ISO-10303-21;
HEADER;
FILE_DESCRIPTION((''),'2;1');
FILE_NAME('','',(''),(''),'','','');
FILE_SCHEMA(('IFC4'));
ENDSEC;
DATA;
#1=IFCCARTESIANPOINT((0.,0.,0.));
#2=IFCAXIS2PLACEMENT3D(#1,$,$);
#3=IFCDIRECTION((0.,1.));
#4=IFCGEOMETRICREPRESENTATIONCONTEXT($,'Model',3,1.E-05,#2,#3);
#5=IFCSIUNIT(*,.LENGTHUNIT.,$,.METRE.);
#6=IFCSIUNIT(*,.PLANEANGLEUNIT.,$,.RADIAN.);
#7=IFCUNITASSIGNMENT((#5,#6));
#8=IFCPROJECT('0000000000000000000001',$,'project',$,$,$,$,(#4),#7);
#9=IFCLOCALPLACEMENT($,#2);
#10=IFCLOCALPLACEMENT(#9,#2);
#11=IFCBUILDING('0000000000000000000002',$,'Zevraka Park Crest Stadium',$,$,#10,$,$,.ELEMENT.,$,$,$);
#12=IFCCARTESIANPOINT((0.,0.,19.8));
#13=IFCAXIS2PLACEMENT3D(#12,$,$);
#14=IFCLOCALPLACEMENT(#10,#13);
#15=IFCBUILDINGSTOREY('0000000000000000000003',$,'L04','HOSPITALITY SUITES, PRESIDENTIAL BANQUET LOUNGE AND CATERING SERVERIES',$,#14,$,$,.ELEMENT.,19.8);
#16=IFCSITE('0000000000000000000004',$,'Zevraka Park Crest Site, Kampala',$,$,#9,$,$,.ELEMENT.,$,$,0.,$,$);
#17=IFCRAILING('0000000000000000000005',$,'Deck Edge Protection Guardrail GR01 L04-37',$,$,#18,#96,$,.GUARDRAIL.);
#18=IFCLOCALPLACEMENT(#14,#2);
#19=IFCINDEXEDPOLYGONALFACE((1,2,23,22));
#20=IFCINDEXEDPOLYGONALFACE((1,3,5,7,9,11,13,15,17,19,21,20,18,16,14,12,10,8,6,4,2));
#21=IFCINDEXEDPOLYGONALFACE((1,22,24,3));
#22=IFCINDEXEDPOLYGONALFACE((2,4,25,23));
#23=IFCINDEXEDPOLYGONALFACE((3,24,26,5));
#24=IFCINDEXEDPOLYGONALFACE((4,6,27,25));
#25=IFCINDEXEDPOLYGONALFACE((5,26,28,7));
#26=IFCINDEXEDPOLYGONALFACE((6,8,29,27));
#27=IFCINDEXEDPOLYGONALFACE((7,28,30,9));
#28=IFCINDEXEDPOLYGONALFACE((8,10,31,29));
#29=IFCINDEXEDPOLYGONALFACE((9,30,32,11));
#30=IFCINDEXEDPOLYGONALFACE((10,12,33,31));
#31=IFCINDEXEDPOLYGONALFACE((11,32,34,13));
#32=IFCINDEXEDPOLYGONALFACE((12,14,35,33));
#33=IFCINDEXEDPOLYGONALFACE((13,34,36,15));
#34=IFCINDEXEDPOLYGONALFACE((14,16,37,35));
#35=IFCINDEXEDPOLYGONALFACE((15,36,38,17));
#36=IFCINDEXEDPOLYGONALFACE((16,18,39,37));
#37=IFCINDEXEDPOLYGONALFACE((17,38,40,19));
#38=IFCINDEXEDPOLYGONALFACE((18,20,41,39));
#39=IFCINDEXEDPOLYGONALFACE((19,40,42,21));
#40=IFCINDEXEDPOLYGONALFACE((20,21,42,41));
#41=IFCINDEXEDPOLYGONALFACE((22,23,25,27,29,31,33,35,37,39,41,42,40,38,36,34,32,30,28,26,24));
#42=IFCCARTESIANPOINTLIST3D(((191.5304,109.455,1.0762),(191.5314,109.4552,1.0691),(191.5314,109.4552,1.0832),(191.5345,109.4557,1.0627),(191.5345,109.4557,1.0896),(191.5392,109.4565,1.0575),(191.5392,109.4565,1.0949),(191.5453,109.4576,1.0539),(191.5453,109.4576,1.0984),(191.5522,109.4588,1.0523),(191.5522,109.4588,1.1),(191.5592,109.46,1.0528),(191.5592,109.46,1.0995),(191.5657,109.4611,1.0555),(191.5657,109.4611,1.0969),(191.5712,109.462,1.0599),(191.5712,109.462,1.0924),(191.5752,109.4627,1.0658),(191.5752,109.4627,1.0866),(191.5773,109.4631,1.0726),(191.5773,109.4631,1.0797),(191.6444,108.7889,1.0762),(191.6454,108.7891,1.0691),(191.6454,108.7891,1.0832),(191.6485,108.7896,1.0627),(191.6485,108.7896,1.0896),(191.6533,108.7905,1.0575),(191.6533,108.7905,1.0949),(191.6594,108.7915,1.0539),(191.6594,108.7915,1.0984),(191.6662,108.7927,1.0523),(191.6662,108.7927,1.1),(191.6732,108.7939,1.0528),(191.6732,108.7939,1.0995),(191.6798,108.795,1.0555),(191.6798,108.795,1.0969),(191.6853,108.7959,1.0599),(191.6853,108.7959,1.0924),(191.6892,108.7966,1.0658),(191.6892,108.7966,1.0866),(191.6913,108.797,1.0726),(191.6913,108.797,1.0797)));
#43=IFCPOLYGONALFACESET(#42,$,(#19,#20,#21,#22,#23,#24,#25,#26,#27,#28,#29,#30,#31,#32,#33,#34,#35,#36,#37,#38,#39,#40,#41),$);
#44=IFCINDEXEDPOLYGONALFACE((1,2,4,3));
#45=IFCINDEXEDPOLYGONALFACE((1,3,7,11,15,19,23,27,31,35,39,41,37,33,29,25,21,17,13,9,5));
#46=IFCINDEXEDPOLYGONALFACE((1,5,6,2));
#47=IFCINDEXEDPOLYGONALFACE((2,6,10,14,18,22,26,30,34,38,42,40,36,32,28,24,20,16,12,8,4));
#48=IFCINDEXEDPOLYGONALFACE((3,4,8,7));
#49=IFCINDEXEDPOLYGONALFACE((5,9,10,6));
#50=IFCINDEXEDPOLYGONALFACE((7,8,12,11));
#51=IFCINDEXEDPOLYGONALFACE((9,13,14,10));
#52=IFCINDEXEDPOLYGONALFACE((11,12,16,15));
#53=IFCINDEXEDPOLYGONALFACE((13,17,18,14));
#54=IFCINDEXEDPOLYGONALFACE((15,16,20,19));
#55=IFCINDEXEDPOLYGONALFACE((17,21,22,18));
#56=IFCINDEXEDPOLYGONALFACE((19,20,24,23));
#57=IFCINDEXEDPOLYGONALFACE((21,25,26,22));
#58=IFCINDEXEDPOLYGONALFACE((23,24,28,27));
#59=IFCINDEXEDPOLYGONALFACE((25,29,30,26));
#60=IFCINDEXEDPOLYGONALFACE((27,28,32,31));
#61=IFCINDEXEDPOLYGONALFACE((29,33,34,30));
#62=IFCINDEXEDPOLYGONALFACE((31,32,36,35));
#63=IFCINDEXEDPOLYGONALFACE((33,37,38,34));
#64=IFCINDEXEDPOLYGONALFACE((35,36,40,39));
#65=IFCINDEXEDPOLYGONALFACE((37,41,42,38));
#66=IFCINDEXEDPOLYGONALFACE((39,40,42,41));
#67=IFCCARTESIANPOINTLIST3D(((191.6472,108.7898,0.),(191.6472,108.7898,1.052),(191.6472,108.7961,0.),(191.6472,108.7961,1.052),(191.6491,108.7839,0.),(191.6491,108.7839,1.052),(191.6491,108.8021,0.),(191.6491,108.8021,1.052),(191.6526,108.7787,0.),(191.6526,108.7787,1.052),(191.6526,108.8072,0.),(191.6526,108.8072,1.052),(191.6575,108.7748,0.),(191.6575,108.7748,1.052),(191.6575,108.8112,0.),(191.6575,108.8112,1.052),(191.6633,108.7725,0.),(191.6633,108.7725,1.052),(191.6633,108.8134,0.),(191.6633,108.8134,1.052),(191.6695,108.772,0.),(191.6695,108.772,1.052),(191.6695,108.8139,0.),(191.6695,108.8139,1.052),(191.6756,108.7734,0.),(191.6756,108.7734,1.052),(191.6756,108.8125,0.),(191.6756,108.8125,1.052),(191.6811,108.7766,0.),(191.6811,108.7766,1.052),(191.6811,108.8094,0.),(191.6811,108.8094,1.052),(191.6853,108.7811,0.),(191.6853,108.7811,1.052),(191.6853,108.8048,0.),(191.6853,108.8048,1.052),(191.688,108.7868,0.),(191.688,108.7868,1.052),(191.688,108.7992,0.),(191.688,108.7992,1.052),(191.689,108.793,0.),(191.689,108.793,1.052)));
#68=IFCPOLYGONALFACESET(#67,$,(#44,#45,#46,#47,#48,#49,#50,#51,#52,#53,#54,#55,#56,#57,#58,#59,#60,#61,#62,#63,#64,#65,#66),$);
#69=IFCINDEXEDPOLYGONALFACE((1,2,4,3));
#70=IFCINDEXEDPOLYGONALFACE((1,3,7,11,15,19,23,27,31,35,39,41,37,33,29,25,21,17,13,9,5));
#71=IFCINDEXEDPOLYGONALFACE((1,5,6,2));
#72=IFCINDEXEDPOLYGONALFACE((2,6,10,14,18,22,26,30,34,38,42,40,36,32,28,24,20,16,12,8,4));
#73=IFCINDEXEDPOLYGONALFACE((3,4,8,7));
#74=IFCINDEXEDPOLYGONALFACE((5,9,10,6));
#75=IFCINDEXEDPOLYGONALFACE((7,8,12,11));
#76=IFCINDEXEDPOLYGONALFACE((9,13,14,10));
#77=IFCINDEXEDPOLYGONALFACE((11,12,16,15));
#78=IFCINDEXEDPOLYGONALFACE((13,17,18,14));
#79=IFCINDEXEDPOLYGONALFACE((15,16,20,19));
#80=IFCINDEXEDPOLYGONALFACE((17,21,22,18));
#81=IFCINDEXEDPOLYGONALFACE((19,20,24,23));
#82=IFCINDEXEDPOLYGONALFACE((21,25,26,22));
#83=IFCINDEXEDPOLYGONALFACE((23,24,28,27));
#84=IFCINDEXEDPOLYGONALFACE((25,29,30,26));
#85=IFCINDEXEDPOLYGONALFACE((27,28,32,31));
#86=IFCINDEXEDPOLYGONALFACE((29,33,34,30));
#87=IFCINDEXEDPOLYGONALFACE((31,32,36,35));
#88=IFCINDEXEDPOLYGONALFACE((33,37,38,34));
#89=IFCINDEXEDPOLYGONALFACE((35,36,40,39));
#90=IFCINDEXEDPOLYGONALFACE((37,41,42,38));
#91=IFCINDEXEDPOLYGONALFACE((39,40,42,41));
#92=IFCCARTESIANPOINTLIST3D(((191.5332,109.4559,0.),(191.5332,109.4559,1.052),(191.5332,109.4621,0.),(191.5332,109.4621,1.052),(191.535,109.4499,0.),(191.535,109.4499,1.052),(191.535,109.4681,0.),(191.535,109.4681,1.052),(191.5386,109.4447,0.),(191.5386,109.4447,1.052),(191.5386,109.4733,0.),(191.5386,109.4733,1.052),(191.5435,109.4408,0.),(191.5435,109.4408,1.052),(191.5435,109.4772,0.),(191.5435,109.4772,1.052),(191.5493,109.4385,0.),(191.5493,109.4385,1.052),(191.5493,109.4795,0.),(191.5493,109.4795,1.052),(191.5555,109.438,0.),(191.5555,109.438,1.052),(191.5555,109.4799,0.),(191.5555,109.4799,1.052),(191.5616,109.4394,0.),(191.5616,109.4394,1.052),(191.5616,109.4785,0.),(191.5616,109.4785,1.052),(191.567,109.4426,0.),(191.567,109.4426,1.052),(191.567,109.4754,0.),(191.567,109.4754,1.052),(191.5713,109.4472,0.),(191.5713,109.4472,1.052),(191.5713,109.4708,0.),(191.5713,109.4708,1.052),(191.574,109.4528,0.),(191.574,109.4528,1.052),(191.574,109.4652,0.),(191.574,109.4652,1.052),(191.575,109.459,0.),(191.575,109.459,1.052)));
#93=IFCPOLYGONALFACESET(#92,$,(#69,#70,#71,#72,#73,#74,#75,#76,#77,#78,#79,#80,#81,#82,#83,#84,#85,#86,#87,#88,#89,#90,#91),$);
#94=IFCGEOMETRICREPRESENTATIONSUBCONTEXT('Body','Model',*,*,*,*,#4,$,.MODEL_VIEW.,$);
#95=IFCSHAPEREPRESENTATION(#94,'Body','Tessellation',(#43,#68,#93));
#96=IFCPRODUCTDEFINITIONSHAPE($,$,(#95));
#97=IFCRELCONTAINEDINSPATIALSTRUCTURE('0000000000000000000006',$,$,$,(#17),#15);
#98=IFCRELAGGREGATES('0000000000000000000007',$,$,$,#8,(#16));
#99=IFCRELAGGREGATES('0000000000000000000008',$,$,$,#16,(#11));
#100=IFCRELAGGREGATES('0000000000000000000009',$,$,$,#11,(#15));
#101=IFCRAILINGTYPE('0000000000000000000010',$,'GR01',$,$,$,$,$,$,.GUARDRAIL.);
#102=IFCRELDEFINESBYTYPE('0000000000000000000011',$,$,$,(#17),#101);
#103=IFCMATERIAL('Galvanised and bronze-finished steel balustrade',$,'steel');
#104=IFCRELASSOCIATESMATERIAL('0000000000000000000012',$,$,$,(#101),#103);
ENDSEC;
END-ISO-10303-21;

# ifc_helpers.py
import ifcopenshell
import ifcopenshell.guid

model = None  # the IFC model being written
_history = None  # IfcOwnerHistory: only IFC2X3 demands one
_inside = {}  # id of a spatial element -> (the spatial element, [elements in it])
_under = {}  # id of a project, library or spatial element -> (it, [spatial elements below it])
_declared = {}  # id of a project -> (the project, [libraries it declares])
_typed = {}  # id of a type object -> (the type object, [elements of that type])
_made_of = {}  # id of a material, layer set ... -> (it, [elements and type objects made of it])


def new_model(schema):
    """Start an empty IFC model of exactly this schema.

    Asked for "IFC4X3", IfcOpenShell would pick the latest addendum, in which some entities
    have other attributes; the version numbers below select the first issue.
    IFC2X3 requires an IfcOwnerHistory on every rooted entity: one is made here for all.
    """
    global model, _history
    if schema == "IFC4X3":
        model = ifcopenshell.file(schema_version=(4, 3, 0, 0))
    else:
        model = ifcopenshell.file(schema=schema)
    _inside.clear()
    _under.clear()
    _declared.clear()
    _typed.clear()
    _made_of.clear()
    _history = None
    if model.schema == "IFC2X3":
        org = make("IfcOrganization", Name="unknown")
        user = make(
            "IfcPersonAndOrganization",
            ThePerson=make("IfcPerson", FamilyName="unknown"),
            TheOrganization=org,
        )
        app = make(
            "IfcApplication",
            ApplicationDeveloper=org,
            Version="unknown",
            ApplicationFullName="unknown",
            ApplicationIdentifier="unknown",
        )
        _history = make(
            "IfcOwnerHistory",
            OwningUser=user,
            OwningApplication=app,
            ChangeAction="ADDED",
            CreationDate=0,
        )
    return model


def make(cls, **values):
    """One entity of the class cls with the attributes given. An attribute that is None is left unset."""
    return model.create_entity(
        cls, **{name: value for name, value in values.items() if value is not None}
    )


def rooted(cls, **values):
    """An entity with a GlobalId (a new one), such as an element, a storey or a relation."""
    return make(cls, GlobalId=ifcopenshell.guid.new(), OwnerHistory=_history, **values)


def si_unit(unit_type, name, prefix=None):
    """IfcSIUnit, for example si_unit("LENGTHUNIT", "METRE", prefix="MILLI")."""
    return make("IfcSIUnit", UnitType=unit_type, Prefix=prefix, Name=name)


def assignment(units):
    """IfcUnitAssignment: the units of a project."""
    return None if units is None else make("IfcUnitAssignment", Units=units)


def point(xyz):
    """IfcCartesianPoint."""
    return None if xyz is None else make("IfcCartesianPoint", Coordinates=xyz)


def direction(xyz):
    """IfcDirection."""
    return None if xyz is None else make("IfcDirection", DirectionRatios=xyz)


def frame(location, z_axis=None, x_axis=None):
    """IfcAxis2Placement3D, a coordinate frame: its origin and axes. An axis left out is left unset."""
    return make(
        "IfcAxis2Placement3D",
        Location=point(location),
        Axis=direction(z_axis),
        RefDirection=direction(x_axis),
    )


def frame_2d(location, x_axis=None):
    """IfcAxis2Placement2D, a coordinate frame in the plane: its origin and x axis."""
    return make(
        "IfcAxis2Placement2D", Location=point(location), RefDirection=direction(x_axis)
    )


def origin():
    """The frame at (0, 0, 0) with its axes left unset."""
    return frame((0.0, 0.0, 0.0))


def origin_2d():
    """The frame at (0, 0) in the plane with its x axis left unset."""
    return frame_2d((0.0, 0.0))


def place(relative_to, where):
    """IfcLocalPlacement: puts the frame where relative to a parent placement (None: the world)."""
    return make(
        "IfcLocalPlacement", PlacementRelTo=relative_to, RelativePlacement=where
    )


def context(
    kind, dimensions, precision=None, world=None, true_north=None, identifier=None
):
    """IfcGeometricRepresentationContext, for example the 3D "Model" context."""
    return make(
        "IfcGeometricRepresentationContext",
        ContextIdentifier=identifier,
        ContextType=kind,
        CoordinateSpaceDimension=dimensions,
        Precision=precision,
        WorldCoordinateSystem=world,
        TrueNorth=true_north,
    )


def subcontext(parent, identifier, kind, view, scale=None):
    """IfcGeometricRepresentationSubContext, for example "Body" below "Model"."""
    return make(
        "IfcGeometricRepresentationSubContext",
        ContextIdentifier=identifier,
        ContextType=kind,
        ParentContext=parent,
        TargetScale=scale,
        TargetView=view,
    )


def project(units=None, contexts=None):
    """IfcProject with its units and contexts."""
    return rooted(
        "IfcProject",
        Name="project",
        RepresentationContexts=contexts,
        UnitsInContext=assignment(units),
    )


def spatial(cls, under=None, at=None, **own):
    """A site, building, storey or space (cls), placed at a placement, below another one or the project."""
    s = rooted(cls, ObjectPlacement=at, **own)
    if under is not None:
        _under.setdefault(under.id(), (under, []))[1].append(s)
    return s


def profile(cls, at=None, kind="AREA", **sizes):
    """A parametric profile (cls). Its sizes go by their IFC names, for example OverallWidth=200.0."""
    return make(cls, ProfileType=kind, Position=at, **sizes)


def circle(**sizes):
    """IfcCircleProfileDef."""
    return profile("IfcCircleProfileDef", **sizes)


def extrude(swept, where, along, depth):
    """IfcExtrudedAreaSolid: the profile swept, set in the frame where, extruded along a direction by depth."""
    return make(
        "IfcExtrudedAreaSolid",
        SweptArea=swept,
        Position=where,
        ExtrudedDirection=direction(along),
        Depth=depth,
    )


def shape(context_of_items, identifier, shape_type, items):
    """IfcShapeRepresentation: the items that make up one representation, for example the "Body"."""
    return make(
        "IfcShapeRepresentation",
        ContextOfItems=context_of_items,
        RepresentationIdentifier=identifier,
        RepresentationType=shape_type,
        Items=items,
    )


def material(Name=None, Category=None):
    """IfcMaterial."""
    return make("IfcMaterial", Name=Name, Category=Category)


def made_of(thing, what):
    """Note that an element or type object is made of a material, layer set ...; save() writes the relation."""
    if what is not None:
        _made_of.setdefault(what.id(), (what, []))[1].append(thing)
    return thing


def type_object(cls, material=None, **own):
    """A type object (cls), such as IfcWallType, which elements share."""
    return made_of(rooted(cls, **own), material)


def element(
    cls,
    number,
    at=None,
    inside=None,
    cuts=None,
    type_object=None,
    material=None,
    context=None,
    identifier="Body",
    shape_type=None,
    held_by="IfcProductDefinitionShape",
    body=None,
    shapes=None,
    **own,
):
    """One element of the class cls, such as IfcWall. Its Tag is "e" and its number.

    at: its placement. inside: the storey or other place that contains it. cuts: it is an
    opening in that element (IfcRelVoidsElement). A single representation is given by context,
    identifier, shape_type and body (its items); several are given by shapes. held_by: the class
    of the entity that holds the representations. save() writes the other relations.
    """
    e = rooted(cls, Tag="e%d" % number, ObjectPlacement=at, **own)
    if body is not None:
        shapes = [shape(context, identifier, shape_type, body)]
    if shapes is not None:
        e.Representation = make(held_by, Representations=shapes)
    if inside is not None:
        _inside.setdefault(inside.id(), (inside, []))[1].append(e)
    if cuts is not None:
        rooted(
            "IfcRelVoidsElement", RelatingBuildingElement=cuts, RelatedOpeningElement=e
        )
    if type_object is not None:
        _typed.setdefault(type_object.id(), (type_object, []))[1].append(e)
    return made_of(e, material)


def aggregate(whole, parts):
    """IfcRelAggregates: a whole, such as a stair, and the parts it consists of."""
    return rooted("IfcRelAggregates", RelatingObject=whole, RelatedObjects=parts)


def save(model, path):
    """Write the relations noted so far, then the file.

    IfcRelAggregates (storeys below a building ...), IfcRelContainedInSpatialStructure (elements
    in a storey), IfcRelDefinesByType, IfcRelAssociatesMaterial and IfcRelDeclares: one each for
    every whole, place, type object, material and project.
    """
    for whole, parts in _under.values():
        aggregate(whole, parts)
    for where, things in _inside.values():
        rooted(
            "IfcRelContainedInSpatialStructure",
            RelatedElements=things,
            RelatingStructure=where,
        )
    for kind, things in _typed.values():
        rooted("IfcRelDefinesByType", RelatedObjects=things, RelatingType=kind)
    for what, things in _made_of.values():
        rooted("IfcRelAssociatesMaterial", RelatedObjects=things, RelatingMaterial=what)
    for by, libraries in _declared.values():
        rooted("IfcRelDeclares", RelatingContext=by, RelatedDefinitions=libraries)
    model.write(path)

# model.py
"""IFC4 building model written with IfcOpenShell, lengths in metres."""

from ifc_helpers import new_model, si_unit, direction, frame, origin, origin_2d, place, context, subcontext, project, spatial, circle, extrude, material, type_object, element, save


model = new_model("IFC4")

# Units and contexts
model_context = context("Model", 3, precision=1e-05, world=origin(), true_north=direction((0.0, 1.0)))
body_context = subcontext(model_context, "Body", "Model", "MODEL_VIEW")
ifc_project = project(units=[si_unit("LENGTHUNIT", "METRE"), si_unit("PLANEANGLEUNIT", "RADIAN")], contexts=[model_context])

# Site, building, storey
site_placement = place(None, origin())
site = spatial("IfcSite", under=ifc_project, at=site_placement, Name="Zevraka Park Crest Site, Kampala", CompositionType="ELEMENT", RefElevation=0.0)
building_placement = place(site_placement, origin())
building = spatial("IfcBuilding", under=site, at=building_placement, Name="Zevraka Park Crest Stadium", CompositionType="ELEMENT")
storey_placement = place(building_placement, frame((0.0, 0.0, 19.8)))
storey = spatial("IfcBuildingStorey", under=building, at=storey_placement, Name="L04", Description="HOSPITALITY SUITES, PRESIDENTIAL BANQUET LOUNGE AND CATERING SERVERIES", CompositionType="ELEMENT", Elevation=19.8)

# Railing
ifc_material_1 = material(Name="Galvanised and bronze-finished steel balustrade", Category="steel")
railing_type_1 = type_object("IfcRailingType", Name="GR01", PredefinedType="GUARDRAIL", material=ifc_material_1)
railing_1_placement = place(storey_placement, frame((191.668, 108.793, 0.0)))
element("IfcRailing", 1, at=railing_1_placement, inside=storey, type_object=railing_type_1, Name="Deck Edge Protection Guardrail GR01 L04-37", PredefinedType="GUARDRAIL", context=body_context, shape_type="SweptSolid", body=[
    extrude(circle(Radius=0.0239, at=origin_2d()), frame((0.0, 0.0, 1.0762), z_axis=(-0.168733, 0.985662, 0.0), x_axis=(-0.985662, -0.168733, 0.0)), (0.0, 0.0, 1.0), 0.6758),
    extrude(circle(Radius=0.021, at=origin_2d()), origin(), (0.0, 0.0, 1.0), 1.052),
    extrude(circle(Radius=0.021, at=origin_2d()), frame((-0.114, 0.666, 0.0)), (0.0, 0.0, 1.0), 1.052),
])

save(model, "model.ifc")
